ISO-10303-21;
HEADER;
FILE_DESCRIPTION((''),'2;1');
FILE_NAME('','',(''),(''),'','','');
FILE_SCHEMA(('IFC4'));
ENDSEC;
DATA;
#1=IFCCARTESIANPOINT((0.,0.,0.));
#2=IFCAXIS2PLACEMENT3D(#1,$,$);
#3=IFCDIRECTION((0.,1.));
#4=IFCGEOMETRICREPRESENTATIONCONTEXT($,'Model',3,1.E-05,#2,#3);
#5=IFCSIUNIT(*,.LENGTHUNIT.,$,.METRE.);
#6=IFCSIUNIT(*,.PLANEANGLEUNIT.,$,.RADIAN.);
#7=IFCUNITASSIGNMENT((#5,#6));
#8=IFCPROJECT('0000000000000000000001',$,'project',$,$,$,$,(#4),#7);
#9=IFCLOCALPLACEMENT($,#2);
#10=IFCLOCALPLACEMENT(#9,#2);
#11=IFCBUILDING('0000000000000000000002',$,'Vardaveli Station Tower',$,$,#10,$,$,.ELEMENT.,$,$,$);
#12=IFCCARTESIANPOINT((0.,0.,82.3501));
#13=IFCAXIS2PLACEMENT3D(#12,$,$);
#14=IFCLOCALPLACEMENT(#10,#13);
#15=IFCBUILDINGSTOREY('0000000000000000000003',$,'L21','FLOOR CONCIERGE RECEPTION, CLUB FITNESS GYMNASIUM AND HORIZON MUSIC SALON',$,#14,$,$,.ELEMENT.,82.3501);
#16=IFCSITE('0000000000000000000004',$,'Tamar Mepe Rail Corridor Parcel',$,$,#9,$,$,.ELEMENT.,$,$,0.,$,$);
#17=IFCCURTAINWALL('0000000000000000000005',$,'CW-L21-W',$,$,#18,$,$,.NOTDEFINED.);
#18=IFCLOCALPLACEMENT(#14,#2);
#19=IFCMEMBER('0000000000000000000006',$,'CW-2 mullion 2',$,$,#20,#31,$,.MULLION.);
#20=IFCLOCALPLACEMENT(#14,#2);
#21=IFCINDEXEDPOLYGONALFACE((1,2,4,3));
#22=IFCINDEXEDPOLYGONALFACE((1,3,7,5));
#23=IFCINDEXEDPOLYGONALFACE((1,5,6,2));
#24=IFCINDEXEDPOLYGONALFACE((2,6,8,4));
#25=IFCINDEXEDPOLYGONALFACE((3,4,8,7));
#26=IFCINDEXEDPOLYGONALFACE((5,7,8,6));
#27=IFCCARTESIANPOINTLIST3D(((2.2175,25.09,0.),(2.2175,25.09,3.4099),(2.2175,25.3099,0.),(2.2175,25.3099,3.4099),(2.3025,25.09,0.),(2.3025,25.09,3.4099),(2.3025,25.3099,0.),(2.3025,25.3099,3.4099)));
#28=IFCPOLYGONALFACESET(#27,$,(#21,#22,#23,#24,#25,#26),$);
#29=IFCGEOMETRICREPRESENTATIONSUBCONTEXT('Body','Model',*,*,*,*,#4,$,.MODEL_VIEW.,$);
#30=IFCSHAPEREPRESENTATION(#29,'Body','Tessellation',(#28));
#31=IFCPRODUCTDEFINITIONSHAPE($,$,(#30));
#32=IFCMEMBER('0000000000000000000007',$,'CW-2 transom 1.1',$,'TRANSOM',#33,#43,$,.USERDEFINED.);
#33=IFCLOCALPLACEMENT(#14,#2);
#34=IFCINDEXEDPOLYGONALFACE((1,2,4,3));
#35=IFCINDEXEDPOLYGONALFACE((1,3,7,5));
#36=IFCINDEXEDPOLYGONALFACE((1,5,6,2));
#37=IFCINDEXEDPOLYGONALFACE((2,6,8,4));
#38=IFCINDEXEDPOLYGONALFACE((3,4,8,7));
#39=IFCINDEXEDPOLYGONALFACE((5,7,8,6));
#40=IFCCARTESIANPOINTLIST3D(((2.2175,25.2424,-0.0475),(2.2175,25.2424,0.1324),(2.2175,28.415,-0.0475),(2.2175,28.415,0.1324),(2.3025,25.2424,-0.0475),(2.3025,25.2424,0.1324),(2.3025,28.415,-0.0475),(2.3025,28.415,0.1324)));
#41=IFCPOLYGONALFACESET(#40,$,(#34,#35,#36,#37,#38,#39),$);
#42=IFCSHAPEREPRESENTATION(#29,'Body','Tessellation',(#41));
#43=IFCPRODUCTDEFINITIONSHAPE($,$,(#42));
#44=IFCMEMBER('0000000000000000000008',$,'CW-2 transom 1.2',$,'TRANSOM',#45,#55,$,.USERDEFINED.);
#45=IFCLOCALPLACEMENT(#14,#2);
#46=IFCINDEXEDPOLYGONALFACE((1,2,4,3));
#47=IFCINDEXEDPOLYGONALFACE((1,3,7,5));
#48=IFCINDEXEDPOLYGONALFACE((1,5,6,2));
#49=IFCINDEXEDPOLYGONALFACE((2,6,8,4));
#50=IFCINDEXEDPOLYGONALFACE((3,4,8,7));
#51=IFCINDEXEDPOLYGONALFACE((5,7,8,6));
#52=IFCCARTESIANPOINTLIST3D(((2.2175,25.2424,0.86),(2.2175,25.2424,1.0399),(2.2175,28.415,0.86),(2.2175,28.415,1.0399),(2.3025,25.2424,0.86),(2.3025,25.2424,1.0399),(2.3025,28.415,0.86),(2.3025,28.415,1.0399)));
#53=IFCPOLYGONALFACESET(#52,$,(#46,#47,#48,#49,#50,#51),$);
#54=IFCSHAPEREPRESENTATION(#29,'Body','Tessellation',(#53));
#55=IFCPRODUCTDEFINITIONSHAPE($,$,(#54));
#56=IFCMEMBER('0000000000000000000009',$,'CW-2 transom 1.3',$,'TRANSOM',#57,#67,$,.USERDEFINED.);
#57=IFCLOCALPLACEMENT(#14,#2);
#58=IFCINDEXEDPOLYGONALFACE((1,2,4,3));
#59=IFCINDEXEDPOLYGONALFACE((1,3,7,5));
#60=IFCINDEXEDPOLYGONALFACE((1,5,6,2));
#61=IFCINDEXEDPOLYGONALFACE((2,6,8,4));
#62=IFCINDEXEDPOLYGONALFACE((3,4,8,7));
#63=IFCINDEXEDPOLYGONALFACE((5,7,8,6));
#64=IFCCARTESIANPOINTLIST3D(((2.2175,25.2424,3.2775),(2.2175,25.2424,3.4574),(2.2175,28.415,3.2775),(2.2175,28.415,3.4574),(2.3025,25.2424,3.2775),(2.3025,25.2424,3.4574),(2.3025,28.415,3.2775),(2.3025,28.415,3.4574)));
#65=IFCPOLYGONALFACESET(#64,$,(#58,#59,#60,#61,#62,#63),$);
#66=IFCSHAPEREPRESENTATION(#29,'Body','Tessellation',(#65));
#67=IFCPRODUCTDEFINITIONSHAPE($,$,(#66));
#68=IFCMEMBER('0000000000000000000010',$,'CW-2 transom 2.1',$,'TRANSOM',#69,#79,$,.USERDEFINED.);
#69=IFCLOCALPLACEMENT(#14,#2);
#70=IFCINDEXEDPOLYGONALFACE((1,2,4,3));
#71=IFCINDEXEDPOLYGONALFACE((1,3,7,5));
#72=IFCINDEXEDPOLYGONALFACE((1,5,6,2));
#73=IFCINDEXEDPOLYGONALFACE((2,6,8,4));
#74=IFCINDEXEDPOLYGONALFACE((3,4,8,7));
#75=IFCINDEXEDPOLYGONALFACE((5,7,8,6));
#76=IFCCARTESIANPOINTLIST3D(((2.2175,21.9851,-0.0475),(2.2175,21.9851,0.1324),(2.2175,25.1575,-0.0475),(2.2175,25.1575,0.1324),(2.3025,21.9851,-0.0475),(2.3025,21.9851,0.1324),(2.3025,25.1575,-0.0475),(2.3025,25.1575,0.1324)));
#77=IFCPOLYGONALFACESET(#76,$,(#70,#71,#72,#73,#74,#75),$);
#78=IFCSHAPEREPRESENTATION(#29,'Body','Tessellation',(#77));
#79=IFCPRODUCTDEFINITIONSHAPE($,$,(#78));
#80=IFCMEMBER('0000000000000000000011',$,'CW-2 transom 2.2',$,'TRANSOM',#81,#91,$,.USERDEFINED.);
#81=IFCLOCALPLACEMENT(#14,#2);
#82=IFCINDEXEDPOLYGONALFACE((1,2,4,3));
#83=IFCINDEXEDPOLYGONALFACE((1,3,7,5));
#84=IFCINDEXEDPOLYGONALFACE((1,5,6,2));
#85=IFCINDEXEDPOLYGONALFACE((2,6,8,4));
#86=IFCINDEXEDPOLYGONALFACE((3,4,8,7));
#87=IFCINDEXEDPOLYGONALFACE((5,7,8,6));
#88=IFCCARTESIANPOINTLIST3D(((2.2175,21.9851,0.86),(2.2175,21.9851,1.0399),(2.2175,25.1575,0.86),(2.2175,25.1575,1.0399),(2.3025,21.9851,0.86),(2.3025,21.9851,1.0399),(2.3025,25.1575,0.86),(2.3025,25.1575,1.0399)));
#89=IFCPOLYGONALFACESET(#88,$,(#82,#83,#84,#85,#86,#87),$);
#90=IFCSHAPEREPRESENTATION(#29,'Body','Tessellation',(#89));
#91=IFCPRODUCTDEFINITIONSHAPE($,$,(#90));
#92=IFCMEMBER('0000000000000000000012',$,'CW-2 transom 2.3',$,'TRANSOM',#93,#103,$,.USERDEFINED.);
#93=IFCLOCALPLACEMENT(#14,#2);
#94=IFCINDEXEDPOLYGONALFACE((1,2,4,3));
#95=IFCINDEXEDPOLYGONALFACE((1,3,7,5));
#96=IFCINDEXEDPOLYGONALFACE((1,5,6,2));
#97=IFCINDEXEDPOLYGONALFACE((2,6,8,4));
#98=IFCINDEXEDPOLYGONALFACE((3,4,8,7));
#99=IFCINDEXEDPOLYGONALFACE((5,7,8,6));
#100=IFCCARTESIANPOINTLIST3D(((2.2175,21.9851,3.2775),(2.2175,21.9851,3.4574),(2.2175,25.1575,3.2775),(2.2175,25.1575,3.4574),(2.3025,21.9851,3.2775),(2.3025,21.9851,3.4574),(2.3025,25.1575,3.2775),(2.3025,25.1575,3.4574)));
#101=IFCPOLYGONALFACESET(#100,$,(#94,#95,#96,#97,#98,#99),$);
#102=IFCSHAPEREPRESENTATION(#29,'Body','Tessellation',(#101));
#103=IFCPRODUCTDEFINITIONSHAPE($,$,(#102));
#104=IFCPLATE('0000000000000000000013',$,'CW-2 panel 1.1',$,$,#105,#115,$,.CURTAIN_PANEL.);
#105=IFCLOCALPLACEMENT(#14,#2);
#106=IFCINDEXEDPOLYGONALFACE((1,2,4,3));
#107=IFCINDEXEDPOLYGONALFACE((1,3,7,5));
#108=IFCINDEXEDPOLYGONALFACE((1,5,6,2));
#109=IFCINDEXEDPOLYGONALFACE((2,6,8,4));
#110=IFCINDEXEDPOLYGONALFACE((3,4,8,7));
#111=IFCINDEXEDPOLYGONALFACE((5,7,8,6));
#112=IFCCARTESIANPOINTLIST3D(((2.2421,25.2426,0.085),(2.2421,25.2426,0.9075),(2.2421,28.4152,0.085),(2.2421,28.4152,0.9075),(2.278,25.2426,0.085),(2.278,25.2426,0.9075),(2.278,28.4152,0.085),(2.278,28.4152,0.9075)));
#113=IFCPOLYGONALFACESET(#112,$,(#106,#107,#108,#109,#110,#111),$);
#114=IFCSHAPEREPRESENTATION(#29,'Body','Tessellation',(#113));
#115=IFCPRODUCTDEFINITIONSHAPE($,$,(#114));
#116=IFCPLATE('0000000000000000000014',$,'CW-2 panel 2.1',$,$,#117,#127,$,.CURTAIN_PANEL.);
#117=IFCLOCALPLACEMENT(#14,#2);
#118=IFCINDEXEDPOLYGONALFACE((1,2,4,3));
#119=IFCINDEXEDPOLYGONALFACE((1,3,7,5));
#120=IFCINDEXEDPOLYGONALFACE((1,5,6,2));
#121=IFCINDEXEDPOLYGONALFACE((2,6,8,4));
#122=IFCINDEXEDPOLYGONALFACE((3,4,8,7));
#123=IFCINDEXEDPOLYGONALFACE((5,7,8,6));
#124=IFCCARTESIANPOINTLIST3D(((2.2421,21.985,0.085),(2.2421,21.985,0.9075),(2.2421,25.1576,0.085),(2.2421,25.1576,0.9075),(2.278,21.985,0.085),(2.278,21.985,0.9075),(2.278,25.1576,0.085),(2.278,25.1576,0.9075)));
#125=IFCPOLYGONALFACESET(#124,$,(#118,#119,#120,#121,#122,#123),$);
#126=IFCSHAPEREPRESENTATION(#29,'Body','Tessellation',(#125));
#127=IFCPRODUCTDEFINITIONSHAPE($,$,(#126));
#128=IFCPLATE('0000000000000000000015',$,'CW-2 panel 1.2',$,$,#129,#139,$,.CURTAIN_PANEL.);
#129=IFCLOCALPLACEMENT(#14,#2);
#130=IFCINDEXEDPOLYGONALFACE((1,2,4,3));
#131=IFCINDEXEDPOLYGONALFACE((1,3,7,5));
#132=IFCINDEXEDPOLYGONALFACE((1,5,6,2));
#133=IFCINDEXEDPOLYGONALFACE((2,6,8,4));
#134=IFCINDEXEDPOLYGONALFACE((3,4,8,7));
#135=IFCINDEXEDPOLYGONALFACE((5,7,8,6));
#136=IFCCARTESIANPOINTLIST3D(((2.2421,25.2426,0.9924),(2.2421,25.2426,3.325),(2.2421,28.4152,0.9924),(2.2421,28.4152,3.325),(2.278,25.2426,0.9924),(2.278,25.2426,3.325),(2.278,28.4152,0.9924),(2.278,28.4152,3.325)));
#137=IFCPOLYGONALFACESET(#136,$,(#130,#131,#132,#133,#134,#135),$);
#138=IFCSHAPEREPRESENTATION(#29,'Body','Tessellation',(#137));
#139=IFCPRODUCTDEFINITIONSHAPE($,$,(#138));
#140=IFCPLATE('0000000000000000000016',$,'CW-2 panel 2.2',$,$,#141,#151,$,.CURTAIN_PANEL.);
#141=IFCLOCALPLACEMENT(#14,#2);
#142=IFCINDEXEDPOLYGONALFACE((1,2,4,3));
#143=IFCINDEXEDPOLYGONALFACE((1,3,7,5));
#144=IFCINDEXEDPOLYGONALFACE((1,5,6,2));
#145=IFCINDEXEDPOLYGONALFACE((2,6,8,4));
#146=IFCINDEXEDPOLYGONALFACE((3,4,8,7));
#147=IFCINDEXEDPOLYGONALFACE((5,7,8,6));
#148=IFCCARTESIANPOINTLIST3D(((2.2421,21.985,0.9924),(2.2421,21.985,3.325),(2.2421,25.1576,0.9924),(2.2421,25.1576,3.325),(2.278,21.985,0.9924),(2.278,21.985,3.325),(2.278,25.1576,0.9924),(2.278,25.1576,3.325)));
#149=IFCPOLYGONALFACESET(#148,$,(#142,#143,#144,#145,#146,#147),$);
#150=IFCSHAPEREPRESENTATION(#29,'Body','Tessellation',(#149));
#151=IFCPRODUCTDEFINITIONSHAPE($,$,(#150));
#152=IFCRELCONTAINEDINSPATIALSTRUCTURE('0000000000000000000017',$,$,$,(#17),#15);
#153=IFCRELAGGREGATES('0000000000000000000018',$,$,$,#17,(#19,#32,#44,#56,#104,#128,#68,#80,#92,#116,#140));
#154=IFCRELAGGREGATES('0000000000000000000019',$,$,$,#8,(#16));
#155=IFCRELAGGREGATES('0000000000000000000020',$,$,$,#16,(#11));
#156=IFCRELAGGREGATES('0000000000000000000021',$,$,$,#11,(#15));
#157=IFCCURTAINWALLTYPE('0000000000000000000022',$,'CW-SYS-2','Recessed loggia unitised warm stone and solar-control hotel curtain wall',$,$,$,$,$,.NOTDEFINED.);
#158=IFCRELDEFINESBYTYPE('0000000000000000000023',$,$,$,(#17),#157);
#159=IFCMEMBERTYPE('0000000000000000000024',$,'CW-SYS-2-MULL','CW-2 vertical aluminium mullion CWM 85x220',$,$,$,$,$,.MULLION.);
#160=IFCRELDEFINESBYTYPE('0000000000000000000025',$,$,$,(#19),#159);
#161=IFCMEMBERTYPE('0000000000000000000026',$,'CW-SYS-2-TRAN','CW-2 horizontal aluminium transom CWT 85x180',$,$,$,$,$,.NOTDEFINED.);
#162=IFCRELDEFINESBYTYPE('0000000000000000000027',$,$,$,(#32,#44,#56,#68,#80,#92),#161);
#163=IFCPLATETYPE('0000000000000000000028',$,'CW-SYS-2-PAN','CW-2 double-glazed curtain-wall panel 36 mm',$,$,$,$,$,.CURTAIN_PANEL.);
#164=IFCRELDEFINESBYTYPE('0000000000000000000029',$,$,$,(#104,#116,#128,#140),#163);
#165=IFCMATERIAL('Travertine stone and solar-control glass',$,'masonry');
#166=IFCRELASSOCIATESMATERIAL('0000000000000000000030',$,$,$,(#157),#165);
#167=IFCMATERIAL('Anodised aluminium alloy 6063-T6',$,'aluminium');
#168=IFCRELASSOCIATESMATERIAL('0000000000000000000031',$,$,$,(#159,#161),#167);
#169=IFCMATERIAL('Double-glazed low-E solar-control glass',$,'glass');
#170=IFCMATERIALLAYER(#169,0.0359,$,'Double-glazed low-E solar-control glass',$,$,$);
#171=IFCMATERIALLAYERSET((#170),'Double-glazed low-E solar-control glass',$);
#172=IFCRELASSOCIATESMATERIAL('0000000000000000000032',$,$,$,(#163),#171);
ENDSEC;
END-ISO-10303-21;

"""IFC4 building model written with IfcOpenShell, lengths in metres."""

from ifc_helpers import new_model, si_unit, direction, frame, origin, origin_2d, place, context, subcontext, project, spatial, rectangle, extrude, source, transform, mapped, material, layer, layer_set, material_profile, profile_set, type_object, element, aggregate, save


model = new_model("IFC4")

# Units and contexts
model_context = context("Model", 3, precision=1e-05, world=origin(), true_north=direction((0.0, 1.0)))
body_context = subcontext(model_context, "Body", "Model", "MODEL_VIEW")
ifc_project = project(units=[si_unit("LENGTHUNIT", "METRE"), si_unit("PLANEANGLEUNIT", "RADIAN")], contexts=[model_context])

# Site, building, storey
site_placement = place(None, origin())
site = spatial("IfcSite", under=ifc_project, at=site_placement, Name="Tamar Mepe Rail Corridor Parcel", CompositionType="ELEMENT", RefElevation=0.0)
building_placement = place(site_placement, origin())
building = spatial("IfcBuilding", under=site, at=building_placement, Name="Vardaveli Station Tower", CompositionType="ELEMENT")
storey_placement = place(building_placement, frame((0.0, 0.0, 82.3501)))
storey = spatial("IfcBuildingStorey", under=building, at=storey_placement, Name="L21", Description="FLOOR CONCIERGE RECEPTION, CLUB FITNESS GYMNASIUM AND HORIZON MUSIC SALON", CompositionType="ELEMENT", Elevation=82.3501)

# Curtain wall, members, plates
ifc_material_1 = material(Name="Travertine stone and solar-control glass", Category="masonry")
curtain_wall_type = type_object("IfcCurtainWallType", Name="CW-SYS-2", Description="Recessed loggia unitised warm stone and solar-control hotel curtain wall", PredefinedType="NOTDEFINED", material=ifc_material_1)
curtain_wall_placement = place(storey_placement, origin())
curtain_wall = element("IfcCurtainWall", 1, at=curtain_wall_placement, inside=storey, type_object=curtain_wall_type, Name="CW-L21-W", PredefinedType="NOTDEFINED")
ifc_material_2 = material(Name="Anodised aluminium alloy 6063-T6", Category="aluminium")
ifc_material_profile_1 = material_profile(ifc_material_2, rectangle(XDim=0.085, YDim=0.22, at=origin_2d()), Name="CWM 85x220")
ifc_profile_set_1 = profile_set([ifc_material_profile_1], Name="Anodised aluminium alloy 6063-T6")
member_type_1 = type_object("IfcMemberType", Name="CW-SYS-2-MULL", Description="CW-2 vertical aluminium mullion CWM 85x220", PredefinedType="MULLION", material=ifc_profile_set_1)
shared_shape_1 = source(origin(), body_context, "Body", "SweptSolid", [
    extrude(rectangle(XDim=0.085, YDim=0.22, at=origin_2d()), origin(), (0.0, 0.0, 1.0), 3.4099),
])
member_1_placement = place(storey_placement, frame((2.26, 25.2, 0.0), z_axis=(0.0, 0.0, 1.0), x_axis=(1.0, 0.0, 0.0)))
member_1 = element("IfcMember", 2, at=member_1_placement, type_object=member_type_1, Name="CW-2 mullion 2", PredefinedType="MULLION", context=body_context, shape_type="MappedRepresentation", body=[
    mapped(shared_shape_1, transform((0.0, 0.0, 0.0), scale=1.0)),
])
ifc_material_profile_2 = material_profile(ifc_material_2, rectangle(XDim=0.085, YDim=0.1799, at=origin_2d()), Name="CWT 85x180")
ifc_profile_set_2 = profile_set([ifc_material_profile_2], Name="Anodised aluminium alloy 6063-T6")
member_type_2 = type_object("IfcMemberType", Name="CW-SYS-2-TRAN", Description="CW-2 horizontal aluminium transom CWT 85x180", PredefinedType="NOTDEFINED", material=ifc_profile_set_2)
shared_shape_2 = source(origin(), body_context, "Body", "SweptSolid", [
    extrude(rectangle(XDim=0.085, YDim=0.1799, at=origin_2d()), origin(), (0.0, 0.0, 1.0), 3.1726),
])
member_2_placement = place(storey_placement, frame((2.26, 28.415, 0.0425), z_axis=(0.0, -1.0, 0.0), x_axis=(1.0, 0.0, 0.0)))
member_2 = element("IfcMember", 3, at=member_2_placement, type_object=member_type_2, Name="CW-2 transom 1.1", ObjectType="TRANSOM", PredefinedType="USERDEFINED", context=body_context, shape_type="MappedRepresentation", body=[
    mapped(shared_shape_2, transform((0.0, 0.0, 0.0), scale=1.0)),
])
member_3_placement = place(storey_placement, frame((2.26, 28.415, 0.95), z_axis=(0.0, -1.0, 0.0), x_axis=(1.0, 0.0, 0.0)))
member_3 = element("IfcMember", 4, at=member_3_placement, type_object=member_type_2, Name="CW-2 transom 1.2", ObjectType="TRANSOM", PredefinedType="USERDEFINED", context=body_context, shape_type="MappedRepresentation", body=[
    mapped(shared_shape_2, transform((0.0, 0.0, 0.0), scale=1.0)),
])
member_4_placement = place(storey_placement, frame((2.26, 28.415, 3.3674), z_axis=(0.0, -1.0, 0.0), x_axis=(1.0, 0.0, 0.0)))
member_4 = element("IfcMember", 5, at=member_4_placement, type_object=member_type_2, Name="CW-2 transom 1.3", ObjectType="TRANSOM", PredefinedType="USERDEFINED", context=body_context, shape_type="MappedRepresentation", body=[
    mapped(shared_shape_2, transform((0.0, 0.0, 0.0), scale=1.0)),
])
shared_shape_3 = source(origin(), body_context, "Body", "SweptSolid", [
    extrude(rectangle(XDim=0.085, YDim=0.1799, at=origin_2d()), origin(), (0.0, 0.0, 1.0), 3.1724),
])
member_5_placement = place(storey_placement, frame((2.26, 25.1575, 0.0425), z_axis=(0.0, -1.0, 0.0), x_axis=(1.0, 0.0, 0.0)))
member_5 = element("IfcMember", 6, at=member_5_placement, type_object=member_type_2, Name="CW-2 transom 2.1", ObjectType="TRANSOM", PredefinedType="USERDEFINED", context=body_context, shape_type="MappedRepresentation", body=[
    mapped(shared_shape_3, transform((0.0, 0.0, 0.0), scale=1.0)),
])
member_6_placement = place(storey_placement, frame((2.26, 25.1575, 0.95), z_axis=(0.0, -1.0, 0.0), x_axis=(1.0, 0.0, 0.0)))
member_6 = element("IfcMember", 7, at=member_6_placement, type_object=member_type_2, Name="CW-2 transom 2.2", ObjectType="TRANSOM", PredefinedType="USERDEFINED", context=body_context, shape_type="MappedRepresentation", body=[
    mapped(shared_shape_3, transform((0.0, 0.0, 0.0), scale=1.0)),
])
member_7_placement = place(storey_placement, frame((2.26, 25.1575, 3.3674), z_axis=(0.0, -1.0, 0.0), x_axis=(1.0, 0.0, 0.0)))
member_7 = element("IfcMember", 8, at=member_7_placement, type_object=member_type_2, Name="CW-2 transom 2.3", ObjectType="TRANSOM", PredefinedType="USERDEFINED", context=body_context, shape_type="MappedRepresentation", body=[
    mapped(shared_shape_3, transform((0.0, 0.0, 0.0), scale=1.0)),
])
ifc_material_3 = material(Name="Double-glazed low-E solar-control glass", Category="glass")
ifc_layer_1 = layer(ifc_material_3, 0.0359, Name="Double-glazed low-E solar-control glass")
ifc_layer_set_1 = layer_set([ifc_layer_1], Name="Double-glazed low-E solar-control glass")
plate_type = type_object("IfcPlateType", Name="CW-SYS-2-PAN", Description="CW-2 double-glazed curtain-wall panel 36 mm", PredefinedType="CURTAIN_PANEL", material=ifc_layer_set_1)
shared_shape_4 = source(origin(), body_context, "Body", "SweptSolid", [
    extrude(rectangle(XDim=3.1726, YDim=0.0359, at=origin_2d()), origin(), (0.0, 0.0, 1.0), 0.8225),
])
plate_1_placement = place(storey_placement, frame((2.26, 26.8289, 0.085), z_axis=(0.0, 0.0, 1.0), x_axis=(0.0, -1.0, 0.0)))
plate_1 = element("IfcPlate", 9, at=plate_1_placement, type_object=plate_type, Name="CW-2 panel 1.1", PredefinedType="CURTAIN_PANEL", context=body_context, shape_type="MappedRepresentation", body=[
    mapped(shared_shape_4, transform((0.0, 0.0, 0.0), scale=1.0)),
])
plate_2_placement = place(storey_placement, frame((2.26, 23.5713, 0.085), z_axis=(0.0, 0.0, 1.0), x_axis=(0.0, -1.0, 0.0)))
plate_2 = element("IfcPlate", 10, at=plate_2_placement, type_object=plate_type, Name="CW-2 panel 2.1", PredefinedType="CURTAIN_PANEL", context=body_context, shape_type="MappedRepresentation", body=[
    mapped(shared_shape_4, transform((0.0, 0.0, 0.0), scale=1.0)),
])
shared_shape_5 = source(origin(), body_context, "Body", "SweptSolid", [
    extrude(rectangle(XDim=3.1726, YDim=0.0359, at=origin_2d()), origin(), (0.0, 0.0, 1.0), 2.3325),
])
plate_3_placement = place(storey_placement, frame((2.26, 26.8289, 0.9924), z_axis=(0.0, 0.0, 1.0), x_axis=(0.0, -1.0, 0.0)))
plate_3 = element("IfcPlate", 11, at=plate_3_placement, type_object=plate_type, Name="CW-2 panel 1.2", PredefinedType="CURTAIN_PANEL", context=body_context, shape_type="MappedRepresentation", body=[
    mapped(shared_shape_5, transform((0.0, 0.0, 0.0), scale=1.0)),
])
plate_4_placement = place(storey_placement, frame((2.26, 23.5713, 0.9924), z_axis=(0.0, 0.0, 1.0), x_axis=(0.0, -1.0, 0.0)))
plate_4 = element("IfcPlate", 12, at=plate_4_placement, type_object=plate_type, Name="CW-2 panel 2.2", PredefinedType="CURTAIN_PANEL", context=body_context, shape_type="MappedRepresentation", body=[
    mapped(shared_shape_5, transform((0.0, 0.0, 0.0), scale=1.0)),
])
aggregate(curtain_wall, [member_1, member_2, member_3, member_4, plate_1, plate_3, member_5, member_6, member_7, plate_2, plate_4])

save(model, "model.ifc")
